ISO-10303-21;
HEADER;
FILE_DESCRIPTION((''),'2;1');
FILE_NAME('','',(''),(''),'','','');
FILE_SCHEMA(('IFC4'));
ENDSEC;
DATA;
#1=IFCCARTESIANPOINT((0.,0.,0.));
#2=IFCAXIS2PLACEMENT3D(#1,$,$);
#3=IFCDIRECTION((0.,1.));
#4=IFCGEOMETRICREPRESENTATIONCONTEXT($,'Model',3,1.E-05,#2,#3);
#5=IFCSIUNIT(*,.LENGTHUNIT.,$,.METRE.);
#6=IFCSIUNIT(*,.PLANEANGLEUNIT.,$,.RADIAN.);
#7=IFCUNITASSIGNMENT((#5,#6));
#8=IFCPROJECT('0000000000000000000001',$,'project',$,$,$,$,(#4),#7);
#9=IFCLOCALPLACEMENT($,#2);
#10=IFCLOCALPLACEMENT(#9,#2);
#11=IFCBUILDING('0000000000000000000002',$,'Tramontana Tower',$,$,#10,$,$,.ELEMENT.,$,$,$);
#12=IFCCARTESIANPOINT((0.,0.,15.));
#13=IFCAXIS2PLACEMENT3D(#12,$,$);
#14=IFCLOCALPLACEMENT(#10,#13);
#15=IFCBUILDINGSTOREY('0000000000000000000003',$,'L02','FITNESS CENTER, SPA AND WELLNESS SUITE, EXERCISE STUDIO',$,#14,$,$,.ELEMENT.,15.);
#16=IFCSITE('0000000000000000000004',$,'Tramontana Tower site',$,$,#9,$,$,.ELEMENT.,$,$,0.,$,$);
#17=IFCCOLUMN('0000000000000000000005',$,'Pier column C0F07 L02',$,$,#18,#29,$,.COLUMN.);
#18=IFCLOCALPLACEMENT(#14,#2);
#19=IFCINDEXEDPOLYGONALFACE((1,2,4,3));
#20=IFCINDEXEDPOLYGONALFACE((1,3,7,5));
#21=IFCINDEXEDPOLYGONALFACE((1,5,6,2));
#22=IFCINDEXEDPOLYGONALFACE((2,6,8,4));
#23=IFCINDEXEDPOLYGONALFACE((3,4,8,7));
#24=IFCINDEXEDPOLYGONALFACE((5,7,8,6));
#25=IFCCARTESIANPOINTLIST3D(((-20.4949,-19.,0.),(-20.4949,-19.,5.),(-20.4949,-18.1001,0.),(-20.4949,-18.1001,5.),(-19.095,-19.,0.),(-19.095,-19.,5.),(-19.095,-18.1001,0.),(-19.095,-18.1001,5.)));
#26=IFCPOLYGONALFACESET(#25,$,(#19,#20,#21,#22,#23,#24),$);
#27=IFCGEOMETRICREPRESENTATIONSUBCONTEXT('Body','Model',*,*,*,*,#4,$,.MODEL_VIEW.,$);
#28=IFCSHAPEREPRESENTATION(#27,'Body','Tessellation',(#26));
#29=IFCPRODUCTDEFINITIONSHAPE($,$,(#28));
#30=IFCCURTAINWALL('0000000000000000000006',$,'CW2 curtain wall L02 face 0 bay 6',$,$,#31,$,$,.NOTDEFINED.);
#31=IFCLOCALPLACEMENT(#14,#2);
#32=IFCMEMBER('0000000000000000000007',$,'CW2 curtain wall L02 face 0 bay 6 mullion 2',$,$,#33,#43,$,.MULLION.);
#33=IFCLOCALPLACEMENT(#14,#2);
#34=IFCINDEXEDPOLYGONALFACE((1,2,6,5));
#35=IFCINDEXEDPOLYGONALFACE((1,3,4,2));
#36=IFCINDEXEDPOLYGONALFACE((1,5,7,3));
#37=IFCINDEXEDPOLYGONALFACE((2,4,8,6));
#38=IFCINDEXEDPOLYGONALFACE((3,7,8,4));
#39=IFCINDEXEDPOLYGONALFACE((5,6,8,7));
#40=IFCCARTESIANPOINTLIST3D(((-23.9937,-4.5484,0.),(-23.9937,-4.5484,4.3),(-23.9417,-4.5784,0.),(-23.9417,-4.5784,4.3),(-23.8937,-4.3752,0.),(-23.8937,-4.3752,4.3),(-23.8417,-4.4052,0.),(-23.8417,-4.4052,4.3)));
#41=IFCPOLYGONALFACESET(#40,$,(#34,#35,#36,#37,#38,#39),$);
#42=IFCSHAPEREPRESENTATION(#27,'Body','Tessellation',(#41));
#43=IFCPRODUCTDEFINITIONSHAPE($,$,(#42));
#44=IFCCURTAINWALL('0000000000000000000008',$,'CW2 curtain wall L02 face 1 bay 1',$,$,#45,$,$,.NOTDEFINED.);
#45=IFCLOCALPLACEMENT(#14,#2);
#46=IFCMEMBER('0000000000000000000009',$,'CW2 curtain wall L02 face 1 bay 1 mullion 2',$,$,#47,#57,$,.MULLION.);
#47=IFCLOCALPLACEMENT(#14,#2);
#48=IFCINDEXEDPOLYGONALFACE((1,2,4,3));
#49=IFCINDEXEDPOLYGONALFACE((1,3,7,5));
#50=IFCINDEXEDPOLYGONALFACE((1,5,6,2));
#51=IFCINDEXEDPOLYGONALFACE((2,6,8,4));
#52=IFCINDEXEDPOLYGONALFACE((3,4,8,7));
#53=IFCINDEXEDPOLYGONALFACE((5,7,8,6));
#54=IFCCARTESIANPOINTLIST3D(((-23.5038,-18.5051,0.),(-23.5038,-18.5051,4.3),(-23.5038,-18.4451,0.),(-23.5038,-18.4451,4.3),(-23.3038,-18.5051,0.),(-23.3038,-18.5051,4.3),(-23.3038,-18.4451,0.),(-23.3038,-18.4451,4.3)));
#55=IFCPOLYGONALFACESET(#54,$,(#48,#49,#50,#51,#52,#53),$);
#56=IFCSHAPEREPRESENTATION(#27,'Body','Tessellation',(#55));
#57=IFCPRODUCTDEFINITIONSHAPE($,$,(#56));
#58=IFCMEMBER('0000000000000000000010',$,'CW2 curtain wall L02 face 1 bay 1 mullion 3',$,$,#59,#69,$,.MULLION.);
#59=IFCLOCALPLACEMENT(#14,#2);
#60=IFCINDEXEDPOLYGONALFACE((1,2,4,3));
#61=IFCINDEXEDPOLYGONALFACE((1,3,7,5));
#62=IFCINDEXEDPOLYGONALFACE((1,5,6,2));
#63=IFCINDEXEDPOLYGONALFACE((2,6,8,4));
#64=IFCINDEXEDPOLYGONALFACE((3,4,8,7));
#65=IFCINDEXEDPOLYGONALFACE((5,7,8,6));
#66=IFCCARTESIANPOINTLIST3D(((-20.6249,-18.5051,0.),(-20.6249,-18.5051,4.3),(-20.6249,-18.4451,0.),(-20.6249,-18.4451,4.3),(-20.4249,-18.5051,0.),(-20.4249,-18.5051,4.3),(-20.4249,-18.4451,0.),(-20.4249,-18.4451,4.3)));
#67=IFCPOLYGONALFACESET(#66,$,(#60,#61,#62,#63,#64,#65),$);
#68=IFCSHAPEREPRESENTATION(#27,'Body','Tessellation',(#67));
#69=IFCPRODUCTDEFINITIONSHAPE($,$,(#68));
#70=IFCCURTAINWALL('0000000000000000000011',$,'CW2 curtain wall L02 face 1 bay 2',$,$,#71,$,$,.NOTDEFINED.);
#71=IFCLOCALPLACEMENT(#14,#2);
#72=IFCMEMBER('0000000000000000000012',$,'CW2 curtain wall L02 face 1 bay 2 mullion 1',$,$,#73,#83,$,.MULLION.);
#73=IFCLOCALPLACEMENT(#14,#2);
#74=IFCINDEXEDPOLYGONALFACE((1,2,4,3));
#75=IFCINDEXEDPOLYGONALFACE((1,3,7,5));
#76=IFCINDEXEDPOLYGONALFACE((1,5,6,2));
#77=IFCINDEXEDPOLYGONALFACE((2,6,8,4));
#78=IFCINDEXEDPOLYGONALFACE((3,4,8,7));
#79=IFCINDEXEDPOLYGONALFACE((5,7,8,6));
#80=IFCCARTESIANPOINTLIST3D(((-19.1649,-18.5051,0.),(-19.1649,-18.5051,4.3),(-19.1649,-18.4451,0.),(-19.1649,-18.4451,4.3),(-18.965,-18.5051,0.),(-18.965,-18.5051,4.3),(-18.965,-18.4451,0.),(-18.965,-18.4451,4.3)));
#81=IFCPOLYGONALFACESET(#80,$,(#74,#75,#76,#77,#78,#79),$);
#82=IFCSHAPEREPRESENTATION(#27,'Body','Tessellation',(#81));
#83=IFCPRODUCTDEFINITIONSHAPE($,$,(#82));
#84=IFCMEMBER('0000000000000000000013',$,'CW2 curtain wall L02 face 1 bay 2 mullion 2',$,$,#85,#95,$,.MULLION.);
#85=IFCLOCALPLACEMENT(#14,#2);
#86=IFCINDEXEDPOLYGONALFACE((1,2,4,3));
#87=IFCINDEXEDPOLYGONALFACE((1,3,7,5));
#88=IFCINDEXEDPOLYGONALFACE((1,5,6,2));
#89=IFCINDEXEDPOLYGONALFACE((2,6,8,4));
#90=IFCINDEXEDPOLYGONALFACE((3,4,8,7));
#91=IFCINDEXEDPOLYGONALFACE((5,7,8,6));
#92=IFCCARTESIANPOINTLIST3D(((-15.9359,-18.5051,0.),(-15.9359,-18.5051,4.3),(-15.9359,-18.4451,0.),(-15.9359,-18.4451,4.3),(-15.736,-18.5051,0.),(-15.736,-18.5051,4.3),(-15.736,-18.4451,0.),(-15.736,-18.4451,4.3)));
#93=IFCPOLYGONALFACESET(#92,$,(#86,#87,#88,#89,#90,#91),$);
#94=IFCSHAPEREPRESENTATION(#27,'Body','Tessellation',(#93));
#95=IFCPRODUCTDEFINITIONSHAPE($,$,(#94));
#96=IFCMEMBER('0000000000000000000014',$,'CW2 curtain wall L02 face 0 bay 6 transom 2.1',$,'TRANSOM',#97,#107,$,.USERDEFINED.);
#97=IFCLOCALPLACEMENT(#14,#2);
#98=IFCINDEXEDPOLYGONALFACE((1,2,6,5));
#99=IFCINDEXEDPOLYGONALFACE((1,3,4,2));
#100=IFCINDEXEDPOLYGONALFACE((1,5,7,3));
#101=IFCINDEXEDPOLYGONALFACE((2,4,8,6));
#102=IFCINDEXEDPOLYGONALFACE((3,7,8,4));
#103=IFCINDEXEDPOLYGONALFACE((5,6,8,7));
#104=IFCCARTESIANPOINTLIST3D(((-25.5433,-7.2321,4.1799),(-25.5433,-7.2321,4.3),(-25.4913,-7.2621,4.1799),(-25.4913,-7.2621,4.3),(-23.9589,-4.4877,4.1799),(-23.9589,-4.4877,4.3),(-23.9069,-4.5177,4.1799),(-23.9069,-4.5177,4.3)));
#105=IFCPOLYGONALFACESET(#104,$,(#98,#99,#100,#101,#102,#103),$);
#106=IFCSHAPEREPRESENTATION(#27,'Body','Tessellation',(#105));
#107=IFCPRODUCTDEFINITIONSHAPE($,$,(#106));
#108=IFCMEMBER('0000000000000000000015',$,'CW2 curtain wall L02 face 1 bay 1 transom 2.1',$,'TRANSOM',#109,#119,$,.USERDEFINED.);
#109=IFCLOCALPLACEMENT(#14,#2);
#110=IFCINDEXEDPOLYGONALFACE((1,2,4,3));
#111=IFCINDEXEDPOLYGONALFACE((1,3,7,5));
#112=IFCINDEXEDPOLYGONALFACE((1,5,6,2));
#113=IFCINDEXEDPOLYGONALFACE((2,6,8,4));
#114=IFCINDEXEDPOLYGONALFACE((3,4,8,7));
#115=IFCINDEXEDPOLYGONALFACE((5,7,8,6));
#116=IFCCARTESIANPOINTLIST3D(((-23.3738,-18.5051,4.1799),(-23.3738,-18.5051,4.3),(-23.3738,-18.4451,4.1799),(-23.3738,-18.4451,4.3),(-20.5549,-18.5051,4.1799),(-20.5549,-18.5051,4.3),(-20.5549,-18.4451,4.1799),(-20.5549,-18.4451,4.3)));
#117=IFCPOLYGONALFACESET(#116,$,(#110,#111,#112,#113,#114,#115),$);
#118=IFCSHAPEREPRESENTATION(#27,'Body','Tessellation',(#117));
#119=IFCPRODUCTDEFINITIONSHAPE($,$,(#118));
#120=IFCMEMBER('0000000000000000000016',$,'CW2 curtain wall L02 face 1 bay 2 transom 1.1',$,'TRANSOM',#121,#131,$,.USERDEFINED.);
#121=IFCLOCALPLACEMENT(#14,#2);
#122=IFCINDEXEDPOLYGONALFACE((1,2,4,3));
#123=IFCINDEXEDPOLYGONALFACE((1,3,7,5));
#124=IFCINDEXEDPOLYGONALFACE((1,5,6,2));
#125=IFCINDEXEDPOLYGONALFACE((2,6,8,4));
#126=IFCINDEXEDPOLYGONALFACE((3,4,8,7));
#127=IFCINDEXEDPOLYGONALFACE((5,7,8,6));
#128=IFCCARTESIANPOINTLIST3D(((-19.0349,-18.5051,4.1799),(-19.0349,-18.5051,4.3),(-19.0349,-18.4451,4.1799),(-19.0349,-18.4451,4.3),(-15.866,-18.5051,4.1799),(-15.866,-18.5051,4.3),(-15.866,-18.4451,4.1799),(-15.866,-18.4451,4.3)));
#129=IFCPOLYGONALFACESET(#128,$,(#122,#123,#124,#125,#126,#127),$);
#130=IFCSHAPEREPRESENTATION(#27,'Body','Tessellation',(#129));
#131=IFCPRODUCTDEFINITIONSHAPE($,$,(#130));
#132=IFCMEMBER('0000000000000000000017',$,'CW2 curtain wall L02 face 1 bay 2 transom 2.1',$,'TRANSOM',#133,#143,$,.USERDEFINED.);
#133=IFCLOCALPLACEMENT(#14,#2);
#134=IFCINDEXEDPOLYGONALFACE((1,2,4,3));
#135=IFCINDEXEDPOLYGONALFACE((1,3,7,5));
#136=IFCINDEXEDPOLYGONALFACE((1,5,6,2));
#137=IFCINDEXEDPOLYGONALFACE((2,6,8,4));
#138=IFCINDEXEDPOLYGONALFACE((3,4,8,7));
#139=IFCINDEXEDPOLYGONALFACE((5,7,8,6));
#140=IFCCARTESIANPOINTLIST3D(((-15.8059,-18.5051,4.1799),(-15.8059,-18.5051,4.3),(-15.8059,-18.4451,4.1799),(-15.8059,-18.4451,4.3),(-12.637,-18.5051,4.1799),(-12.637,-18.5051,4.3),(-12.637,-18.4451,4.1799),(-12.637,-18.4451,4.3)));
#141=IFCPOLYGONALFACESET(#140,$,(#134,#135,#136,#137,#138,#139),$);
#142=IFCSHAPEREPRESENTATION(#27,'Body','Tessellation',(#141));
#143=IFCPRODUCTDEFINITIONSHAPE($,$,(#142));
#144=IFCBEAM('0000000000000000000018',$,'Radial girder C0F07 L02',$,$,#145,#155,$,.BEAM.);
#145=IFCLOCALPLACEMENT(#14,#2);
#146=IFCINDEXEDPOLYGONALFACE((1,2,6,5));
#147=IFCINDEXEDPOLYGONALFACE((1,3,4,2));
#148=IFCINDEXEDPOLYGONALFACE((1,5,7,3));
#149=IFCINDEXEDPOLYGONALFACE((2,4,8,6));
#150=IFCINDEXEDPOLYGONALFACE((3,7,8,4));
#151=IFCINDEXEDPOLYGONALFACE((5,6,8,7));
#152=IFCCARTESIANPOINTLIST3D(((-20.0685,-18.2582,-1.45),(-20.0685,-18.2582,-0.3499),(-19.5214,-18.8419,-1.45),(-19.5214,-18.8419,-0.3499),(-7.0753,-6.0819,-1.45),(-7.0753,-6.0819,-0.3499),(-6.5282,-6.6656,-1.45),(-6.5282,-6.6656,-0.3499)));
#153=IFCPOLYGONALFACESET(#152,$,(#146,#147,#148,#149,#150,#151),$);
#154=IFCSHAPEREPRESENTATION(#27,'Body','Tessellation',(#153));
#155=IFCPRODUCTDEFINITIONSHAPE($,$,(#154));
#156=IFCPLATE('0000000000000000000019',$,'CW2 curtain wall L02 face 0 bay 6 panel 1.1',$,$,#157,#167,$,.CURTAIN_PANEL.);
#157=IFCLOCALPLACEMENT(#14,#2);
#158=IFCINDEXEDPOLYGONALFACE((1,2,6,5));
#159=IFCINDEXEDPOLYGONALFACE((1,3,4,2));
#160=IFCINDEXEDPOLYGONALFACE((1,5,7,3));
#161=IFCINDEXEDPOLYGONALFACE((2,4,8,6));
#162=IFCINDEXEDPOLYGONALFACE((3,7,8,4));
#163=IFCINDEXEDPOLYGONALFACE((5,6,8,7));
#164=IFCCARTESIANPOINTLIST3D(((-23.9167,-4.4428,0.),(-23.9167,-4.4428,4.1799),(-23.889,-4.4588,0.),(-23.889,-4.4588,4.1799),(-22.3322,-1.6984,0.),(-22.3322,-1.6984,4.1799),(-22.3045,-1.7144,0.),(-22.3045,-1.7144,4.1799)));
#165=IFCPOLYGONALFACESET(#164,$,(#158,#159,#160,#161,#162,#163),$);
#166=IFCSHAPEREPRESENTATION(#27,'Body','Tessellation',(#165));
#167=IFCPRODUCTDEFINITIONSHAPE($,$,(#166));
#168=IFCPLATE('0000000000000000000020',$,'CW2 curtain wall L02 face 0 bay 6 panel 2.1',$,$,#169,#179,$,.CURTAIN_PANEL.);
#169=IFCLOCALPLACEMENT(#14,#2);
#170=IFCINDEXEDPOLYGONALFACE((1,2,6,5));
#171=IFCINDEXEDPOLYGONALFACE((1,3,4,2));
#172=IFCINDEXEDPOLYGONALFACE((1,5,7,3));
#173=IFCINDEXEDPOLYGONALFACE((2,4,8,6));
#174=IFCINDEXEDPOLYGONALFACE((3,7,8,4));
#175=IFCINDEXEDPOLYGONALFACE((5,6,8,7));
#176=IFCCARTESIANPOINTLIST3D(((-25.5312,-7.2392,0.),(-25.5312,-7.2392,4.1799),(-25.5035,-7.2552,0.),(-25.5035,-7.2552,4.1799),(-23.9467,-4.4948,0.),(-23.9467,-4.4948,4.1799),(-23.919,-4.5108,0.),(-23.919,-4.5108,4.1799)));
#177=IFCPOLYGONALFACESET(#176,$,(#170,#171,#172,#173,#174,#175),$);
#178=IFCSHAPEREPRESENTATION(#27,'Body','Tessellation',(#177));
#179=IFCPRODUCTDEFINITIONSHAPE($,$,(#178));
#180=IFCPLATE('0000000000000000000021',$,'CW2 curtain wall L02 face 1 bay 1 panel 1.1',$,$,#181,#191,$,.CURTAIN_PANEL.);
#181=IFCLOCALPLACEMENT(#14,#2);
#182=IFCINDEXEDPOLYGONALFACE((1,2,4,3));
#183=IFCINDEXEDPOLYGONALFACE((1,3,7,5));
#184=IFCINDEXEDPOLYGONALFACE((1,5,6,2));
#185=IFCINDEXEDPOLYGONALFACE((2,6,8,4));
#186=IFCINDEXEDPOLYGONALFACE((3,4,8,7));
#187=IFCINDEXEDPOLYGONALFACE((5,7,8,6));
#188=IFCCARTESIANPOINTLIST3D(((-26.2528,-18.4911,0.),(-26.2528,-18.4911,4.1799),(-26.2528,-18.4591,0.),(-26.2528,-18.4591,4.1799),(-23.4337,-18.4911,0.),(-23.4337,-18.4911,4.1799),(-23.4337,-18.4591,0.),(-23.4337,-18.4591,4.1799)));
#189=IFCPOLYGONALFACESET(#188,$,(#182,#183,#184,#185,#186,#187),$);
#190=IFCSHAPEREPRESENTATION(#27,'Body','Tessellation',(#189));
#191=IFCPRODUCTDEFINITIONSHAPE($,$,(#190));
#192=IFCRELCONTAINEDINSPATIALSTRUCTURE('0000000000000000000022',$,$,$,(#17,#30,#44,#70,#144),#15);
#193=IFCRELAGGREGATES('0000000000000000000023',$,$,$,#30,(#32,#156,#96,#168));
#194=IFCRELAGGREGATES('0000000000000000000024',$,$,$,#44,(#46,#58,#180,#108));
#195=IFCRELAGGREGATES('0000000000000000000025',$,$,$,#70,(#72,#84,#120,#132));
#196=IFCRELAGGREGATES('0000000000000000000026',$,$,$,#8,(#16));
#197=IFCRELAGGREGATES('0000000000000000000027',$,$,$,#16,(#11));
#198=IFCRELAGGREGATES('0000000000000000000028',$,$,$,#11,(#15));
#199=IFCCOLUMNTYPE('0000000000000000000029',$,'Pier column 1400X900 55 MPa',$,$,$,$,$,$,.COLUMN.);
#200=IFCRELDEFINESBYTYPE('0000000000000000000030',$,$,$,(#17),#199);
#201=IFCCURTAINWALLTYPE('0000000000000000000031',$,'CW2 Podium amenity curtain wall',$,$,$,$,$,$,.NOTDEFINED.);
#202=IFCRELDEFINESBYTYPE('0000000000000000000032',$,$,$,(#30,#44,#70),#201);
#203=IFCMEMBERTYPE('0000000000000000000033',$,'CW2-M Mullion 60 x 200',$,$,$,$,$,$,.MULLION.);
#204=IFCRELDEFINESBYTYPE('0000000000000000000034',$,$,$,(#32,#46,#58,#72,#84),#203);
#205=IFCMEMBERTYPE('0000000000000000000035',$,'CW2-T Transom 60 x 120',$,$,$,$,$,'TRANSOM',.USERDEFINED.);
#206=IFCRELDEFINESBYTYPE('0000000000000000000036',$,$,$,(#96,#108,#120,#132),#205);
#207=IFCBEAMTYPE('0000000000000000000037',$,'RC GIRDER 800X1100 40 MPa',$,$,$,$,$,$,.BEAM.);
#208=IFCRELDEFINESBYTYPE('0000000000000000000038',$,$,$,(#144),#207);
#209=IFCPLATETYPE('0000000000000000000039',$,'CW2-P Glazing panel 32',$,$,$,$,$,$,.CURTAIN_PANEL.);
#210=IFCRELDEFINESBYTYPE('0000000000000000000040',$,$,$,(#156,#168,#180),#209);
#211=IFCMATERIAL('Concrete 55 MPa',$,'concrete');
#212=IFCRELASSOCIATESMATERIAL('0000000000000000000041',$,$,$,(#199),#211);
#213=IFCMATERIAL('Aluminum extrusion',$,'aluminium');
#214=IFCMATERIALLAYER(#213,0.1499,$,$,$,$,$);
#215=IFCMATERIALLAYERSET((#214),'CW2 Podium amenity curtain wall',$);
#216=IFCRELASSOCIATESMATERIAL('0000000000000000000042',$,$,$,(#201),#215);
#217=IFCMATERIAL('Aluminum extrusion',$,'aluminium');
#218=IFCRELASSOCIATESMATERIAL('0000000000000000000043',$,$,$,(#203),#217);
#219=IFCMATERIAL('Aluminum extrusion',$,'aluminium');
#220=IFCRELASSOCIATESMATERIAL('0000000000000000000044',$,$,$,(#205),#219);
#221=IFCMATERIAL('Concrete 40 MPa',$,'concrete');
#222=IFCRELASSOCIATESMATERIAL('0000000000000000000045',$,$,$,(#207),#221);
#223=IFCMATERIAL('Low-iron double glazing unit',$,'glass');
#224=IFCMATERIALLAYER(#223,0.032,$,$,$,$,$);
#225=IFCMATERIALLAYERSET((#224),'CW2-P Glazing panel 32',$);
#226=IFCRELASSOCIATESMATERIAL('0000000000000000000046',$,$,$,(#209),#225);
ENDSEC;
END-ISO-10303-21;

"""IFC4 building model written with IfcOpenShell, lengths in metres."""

from ifc_helpers import new_model, si_unit, direction, frame, origin, origin_2d, place, context, subcontext, project, spatial, rectangle, extrude, material, layer, layer_set, material_profile, profile_set, type_object, element, aggregate, save


model = new_model("IFC4")

# Units and contexts
model_context = context("Model", 3, precision=1e-05, world=origin(), true_north=direction((0.0, 1.0)))
body_context = subcontext(model_context, "Body", "Model", "MODEL_VIEW")
ifc_project = project(units=[si_unit("LENGTHUNIT", "METRE"), si_unit("PLANEANGLEUNIT", "RADIAN")], contexts=[model_context])

# Site, building, storey
site_placement = place(None, origin())
site = spatial("IfcSite", under=ifc_project, at=site_placement, Name="Tramontana Tower site", CompositionType="ELEMENT", RefElevation=0.0)
building_placement = place(site_placement, origin())
building = spatial("IfcBuilding", under=site, at=building_placement, Name="Tramontana Tower", CompositionType="ELEMENT")
storey_placement = place(building_placement, frame((0.0, 0.0, 15.0)))
storey = spatial("IfcBuildingStorey", under=building, at=storey_placement, Name="L02", Description="FITNESS CENTER, SPA AND WELLNESS SUITE, EXERCISE STUDIO", CompositionType="ELEMENT", Elevation=15.0)

# Column
ifc_material_1 = material(Name="Concrete 55 MPa", Category="concrete")
ifc_material_profile_1 = material_profile(ifc_material_1, rectangle(XDim=1.3999, YDim=0.8999, at=origin_2d()), Name="Pier column 1400X900 55 MPa")
ifc_profile_set_1 = profile_set([ifc_material_profile_1], Name="Concrete 55 MPa")
column_type = type_object("IfcColumnType", Name="Pier column 1400X900 55 MPa", PredefinedType="COLUMN", material=ifc_profile_set_1)
column_placement = place(storey_placement, frame((-19.7949, -18.55, 0.0), z_axis=(0.0, 0.0, 1.0), x_axis=(1.0, 0.0, 0.0)))
element("IfcColumn", 1, at=column_placement, inside=storey, type_object=column_type, Name="Pier column C0F07 L02", PredefinedType="COLUMN", context=body_context, shape_type="SweptSolid", body=[
    extrude(rectangle(XDim=1.3999, YDim=0.8999, at=origin_2d()), origin(), (0.0, 0.0, 1.0), 5.0),
])

# Curtain wall, member
ifc_material_2 = material(Name="Aluminum extrusion", Category="aluminium")
ifc_layer_1 = layer(ifc_material_2, 0.1499)
ifc_layer_set_1 = layer_set([ifc_layer_1], Name="CW2 Podium amenity curtain wall")
curtain_wall_type = type_object("IfcCurtainWallType", Name="CW2 Podium amenity curtain wall", PredefinedType="NOTDEFINED", material=ifc_layer_set_1)
curtain_wall_1_placement = place(storey_placement, origin())
curtain_wall_1 = element("IfcCurtainWall", 2, at=curtain_wall_1_placement, inside=storey, type_object=curtain_wall_type, Name="CW2 curtain wall L02 face 0 bay 6", PredefinedType="NOTDEFINED")
ifc_material_3 = material(Name="Aluminum extrusion", Category="aluminium")
ifc_material_profile_2 = material_profile(ifc_material_3, rectangle(XDim=0.0601, YDim=0.2, at=origin_2d()), Name="CW2-M Mullion 60 x 200")
ifc_profile_set_2 = profile_set([ifc_material_profile_2], Name="Aluminum extrusion")
member_type_1 = type_object("IfcMemberType", Name="CW2-M Mullion 60 x 200", PredefinedType="MULLION", material=ifc_profile_set_2)
member_1_placement = place(storey_placement, frame((-23.9177, -4.4768, 0.0), z_axis=(0.0, 0.0, 1.0), x_axis=(0.866025, -0.5, 0.0)))
member_1 = element("IfcMember", 3, at=member_1_placement, type_object=member_type_1, Name="CW2 curtain wall L02 face 0 bay 6 mullion 2", PredefinedType="MULLION", context=body_context, shape_type="SweptSolid", body=[
    extrude(rectangle(XDim=0.0601, YDim=0.2, at=origin_2d()), origin(), (0.0, 0.0, 1.0), 4.3),
])

# Curtain walls, members
curtain_wall_2_placement = place(storey_placement, origin())
curtain_wall_2 = element("IfcCurtainWall", 4, at=curtain_wall_2_placement, inside=storey, type_object=curtain_wall_type, Name="CW2 curtain wall L02 face 1 bay 1", PredefinedType="NOTDEFINED")
member_2_placement = place(storey_placement, frame((-23.4038, -18.4751, 0.0), z_axis=(0.0, 0.0, 1.0), x_axis=(0.0, 1.0, 0.0)))
member_2 = element("IfcMember", 5, at=member_2_placement, type_object=member_type_1, Name="CW2 curtain wall L02 face 1 bay 1 mullion 2", PredefinedType="MULLION", context=body_context, shape_type="SweptSolid", body=[
    extrude(rectangle(XDim=0.0601, YDim=0.2, at=origin_2d()), origin(), (0.0, 0.0, 1.0), 4.3),
])
member_3_placement = place(storey_placement, frame((-20.5249, -18.4751, 0.0), z_axis=(0.0, 0.0, 1.0), x_axis=(0.0, 1.0, 0.0)))
member_3 = element("IfcMember", 6, at=member_3_placement, type_object=member_type_1, Name="CW2 curtain wall L02 face 1 bay 1 mullion 3", PredefinedType="MULLION", context=body_context, shape_type="SweptSolid", body=[
    extrude(rectangle(XDim=0.0601, YDim=0.2, at=origin_2d()), origin(), (0.0, 0.0, 1.0), 4.3),
])
curtain_wall_3_placement = place(storey_placement, origin())
curtain_wall_3 = element("IfcCurtainWall", 7, at=curtain_wall_3_placement, inside=storey, type_object=curtain_wall_type, Name="CW2 curtain wall L02 face 1 bay 2", PredefinedType="NOTDEFINED")
member_4_placement = place(storey_placement, frame((-19.0649, -18.4751, 0.0), z_axis=(0.0, 0.0, 1.0), x_axis=(0.0, 1.0, 0.0)))
member_4 = element("IfcMember", 8, at=member_4_placement, type_object=member_type_1, Name="CW2 curtain wall L02 face 1 bay 2 mullion 1", PredefinedType="MULLION", context=body_context, shape_type="SweptSolid", body=[
    extrude(rectangle(XDim=0.0601, YDim=0.2, at=origin_2d()), origin(), (0.0, 0.0, 1.0), 4.3),
])
member_5_placement = place(storey_placement, frame((-15.8359, -18.4751, 0.0), z_axis=(0.0, 0.0, 1.0), x_axis=(0.0, 1.0, 0.0)))
member_5 = element("IfcMember", 9, at=member_5_placement, type_object=member_type_1, Name="CW2 curtain wall L02 face 1 bay 2 mullion 2", PredefinedType="MULLION", context=body_context, shape_type="SweptSolid", body=[
    extrude(rectangle(XDim=0.0601, YDim=0.2, at=origin_2d()), origin(), (0.0, 0.0, 1.0), 4.3),
])

# Members
ifc_material_4 = material(Name="Aluminum extrusion", Category="aluminium")
ifc_material_profile_3 = material_profile(ifc_material_4, rectangle(XDim=0.0601, YDim=0.1201, at=origin_2d()), Name="CW2-T Transom 60 x 120")
ifc_profile_set_3 = profile_set([ifc_material_profile_3], Name="Aluminum extrusion")
member_type_2 = type_object("IfcMemberType", Name="CW2-T Transom 60 x 120", ElementType="TRANSOM", PredefinedType="USERDEFINED", material=ifc_profile_set_3)
member_6_placement = place(storey_placement, frame((-23.9329, -4.5027, 4.24), z_axis=(-0.5, -0.866025, 0.0), x_axis=(0.866025, -0.5, 0.0)))
member_6 = element("IfcMember", 10, at=member_6_placement, type_object=member_type_2, Name="CW2 curtain wall L02 face 0 bay 6 transom 2.1", ObjectType="TRANSOM", PredefinedType="USERDEFINED", context=body_context, shape_type="SweptSolid", body=[
    extrude(rectangle(XDim=0.0601, YDim=0.1201, at=origin_2d()), origin(), (0.0, 0.0, 1.0), 3.1689),
])
member_7_placement = place(storey_placement, frame((-23.3738, -18.4751, 4.24), z_axis=(1.0, 0.0, 0.0), x_axis=(0.0, 1.0, 0.0)))
member_7 = element("IfcMember", 11, at=member_7_placement, type_object=member_type_2, Name="CW2 curtain wall L02 face 1 bay 1 transom 2.1", ObjectType="TRANSOM", PredefinedType="USERDEFINED", context=body_context, shape_type="SweptSolid", body=[
    extrude(rectangle(XDim=0.0601, YDim=0.1201, at=origin_2d()), origin(), (0.0, 0.0, 1.0), 2.8188),
])
member_8_placement = place(storey_placement, frame((-19.0349, -18.4751, 4.24), z_axis=(1.0, 0.0, 0.0), x_axis=(0.0, 1.0, 0.0)))
member_8 = element("IfcMember", 12, at=member_8_placement, type_object=member_type_2, Name="CW2 curtain wall L02 face 1 bay 2 transom 1.1", ObjectType="TRANSOM", PredefinedType="USERDEFINED", context=body_context, shape_type="SweptSolid", body=[
    extrude(rectangle(XDim=0.0601, YDim=0.1201, at=origin_2d()), origin(), (0.0, 0.0, 1.0), 3.1689),
])
member_9_placement = place(storey_placement, frame((-15.8059, -18.4751, 4.24), z_axis=(1.0, 0.0, 0.0), x_axis=(0.0, 1.0, 0.0)))
member_9 = element("IfcMember", 13, at=member_9_placement, type_object=member_type_2, Name="CW2 curtain wall L02 face 1 bay 2 transom 2.1", ObjectType="TRANSOM", PredefinedType="USERDEFINED", context=body_context, shape_type="SweptSolid", body=[
    extrude(rectangle(XDim=0.0601, YDim=0.1201, at=origin_2d()), origin(), (0.0, 0.0, 1.0), 3.1689),
])

# Beam
ifc_material_5 = material(Name="Concrete 40 MPa", Category="concrete")
ifc_material_profile_4 = material_profile(ifc_material_5, rectangle(XDim=0.8, YDim=1.1001, at=origin_2d()), Name="RC GIRDER 800X1100 40 MPa")
ifc_profile_set_4 = profile_set([ifc_material_profile_4], Name="Concrete 40 MPa")
beam_type = type_object("IfcBeamType", Name="RC GIRDER 800X1100 40 MPa", PredefinedType="BEAM", material=ifc_profile_set_4)
beam_placement = place(storey_placement, frame((-19.7949, -18.55, -0.8999), z_axis=(0.729672, 0.683797, 0.0), x_axis=(-0.683797, 0.729672, 0.0)))
element("IfcBeam", 14, at=beam_placement, inside=storey, type_object=beam_type, Name="Radial girder C0F07 L02", PredefinedType="BEAM", context=body_context, shape_type="SweptSolid", body=[
    extrude(rectangle(XDim=0.8, YDim=1.1001, at=origin_2d()), origin(), (0.0, 0.0, 1.0), 17.8069),
])

# Plates
ifc_material_6 = material(Name="Low-iron double glazing unit", Category="glass")
ifc_layer_2 = layer(ifc_material_6, 0.032)
ifc_layer_set_2 = layer_set([ifc_layer_2], Name="CW2-P Glazing panel 32")
plate_type = type_object("IfcPlateType", Name="CW2-P Glazing panel 32", PredefinedType="CURTAIN_PANEL", material=ifc_layer_set_2)
plate_1_placement = place(storey_placement, frame((-23.1106, -3.0786, 0.0), z_axis=(0.0, 0.0, 1.0), x_axis=(-0.5, -0.866025, 0.0)))
plate_1 = element("IfcPlate", 15, at=plate_1_placement, type_object=plate_type, Name="CW2 curtain wall L02 face 0 bay 6 panel 1.1", PredefinedType="CURTAIN_PANEL", context=body_context, shape_type="SweptSolid", body=[
    extrude(rectangle(XDim=3.1689, YDim=0.032, at=origin_2d()), origin(), (0.0, 0.0, 1.0), 4.1799),
])
plate_2_placement = place(storey_placement, frame((-24.7251, -5.875, 0.0), z_axis=(0.0, 0.0, 1.0), x_axis=(-0.5, -0.866025, 0.0)))
plate_2 = element("IfcPlate", 16, at=plate_2_placement, type_object=plate_type, Name="CW2 curtain wall L02 face 0 bay 6 panel 2.1", PredefinedType="CURTAIN_PANEL", context=body_context, shape_type="SweptSolid", body=[
    extrude(rectangle(XDim=3.1689, YDim=0.032, at=origin_2d()), origin(), (0.0, 0.0, 1.0), 4.1799),
])
aggregate(curtain_wall_1, [member_1, plate_1, member_6, plate_2])
plate_3_placement = place(storey_placement, frame((-24.8433, -18.4751, 0.0), z_axis=(0.0, 0.0, 1.0), x_axis=(1.0, 0.0, 0.0)))
plate_3 = element("IfcPlate", 17, at=plate_3_placement, type_object=plate_type, Name="CW2 curtain wall L02 face 1 bay 1 panel 1.1", PredefinedType="CURTAIN_PANEL", context=body_context, shape_type="SweptSolid", body=[
    extrude(rectangle(XDim=2.8191, YDim=0.032, at=origin_2d()), origin(), (0.0, 0.0, 1.0), 4.1799),
])
aggregate(curtain_wall_2, [member_2, member_3, plate_3, member_7])
aggregate(curtain_wall_3, [member_4, member_5, member_8, member_9])

save(model, "model.ifc")
